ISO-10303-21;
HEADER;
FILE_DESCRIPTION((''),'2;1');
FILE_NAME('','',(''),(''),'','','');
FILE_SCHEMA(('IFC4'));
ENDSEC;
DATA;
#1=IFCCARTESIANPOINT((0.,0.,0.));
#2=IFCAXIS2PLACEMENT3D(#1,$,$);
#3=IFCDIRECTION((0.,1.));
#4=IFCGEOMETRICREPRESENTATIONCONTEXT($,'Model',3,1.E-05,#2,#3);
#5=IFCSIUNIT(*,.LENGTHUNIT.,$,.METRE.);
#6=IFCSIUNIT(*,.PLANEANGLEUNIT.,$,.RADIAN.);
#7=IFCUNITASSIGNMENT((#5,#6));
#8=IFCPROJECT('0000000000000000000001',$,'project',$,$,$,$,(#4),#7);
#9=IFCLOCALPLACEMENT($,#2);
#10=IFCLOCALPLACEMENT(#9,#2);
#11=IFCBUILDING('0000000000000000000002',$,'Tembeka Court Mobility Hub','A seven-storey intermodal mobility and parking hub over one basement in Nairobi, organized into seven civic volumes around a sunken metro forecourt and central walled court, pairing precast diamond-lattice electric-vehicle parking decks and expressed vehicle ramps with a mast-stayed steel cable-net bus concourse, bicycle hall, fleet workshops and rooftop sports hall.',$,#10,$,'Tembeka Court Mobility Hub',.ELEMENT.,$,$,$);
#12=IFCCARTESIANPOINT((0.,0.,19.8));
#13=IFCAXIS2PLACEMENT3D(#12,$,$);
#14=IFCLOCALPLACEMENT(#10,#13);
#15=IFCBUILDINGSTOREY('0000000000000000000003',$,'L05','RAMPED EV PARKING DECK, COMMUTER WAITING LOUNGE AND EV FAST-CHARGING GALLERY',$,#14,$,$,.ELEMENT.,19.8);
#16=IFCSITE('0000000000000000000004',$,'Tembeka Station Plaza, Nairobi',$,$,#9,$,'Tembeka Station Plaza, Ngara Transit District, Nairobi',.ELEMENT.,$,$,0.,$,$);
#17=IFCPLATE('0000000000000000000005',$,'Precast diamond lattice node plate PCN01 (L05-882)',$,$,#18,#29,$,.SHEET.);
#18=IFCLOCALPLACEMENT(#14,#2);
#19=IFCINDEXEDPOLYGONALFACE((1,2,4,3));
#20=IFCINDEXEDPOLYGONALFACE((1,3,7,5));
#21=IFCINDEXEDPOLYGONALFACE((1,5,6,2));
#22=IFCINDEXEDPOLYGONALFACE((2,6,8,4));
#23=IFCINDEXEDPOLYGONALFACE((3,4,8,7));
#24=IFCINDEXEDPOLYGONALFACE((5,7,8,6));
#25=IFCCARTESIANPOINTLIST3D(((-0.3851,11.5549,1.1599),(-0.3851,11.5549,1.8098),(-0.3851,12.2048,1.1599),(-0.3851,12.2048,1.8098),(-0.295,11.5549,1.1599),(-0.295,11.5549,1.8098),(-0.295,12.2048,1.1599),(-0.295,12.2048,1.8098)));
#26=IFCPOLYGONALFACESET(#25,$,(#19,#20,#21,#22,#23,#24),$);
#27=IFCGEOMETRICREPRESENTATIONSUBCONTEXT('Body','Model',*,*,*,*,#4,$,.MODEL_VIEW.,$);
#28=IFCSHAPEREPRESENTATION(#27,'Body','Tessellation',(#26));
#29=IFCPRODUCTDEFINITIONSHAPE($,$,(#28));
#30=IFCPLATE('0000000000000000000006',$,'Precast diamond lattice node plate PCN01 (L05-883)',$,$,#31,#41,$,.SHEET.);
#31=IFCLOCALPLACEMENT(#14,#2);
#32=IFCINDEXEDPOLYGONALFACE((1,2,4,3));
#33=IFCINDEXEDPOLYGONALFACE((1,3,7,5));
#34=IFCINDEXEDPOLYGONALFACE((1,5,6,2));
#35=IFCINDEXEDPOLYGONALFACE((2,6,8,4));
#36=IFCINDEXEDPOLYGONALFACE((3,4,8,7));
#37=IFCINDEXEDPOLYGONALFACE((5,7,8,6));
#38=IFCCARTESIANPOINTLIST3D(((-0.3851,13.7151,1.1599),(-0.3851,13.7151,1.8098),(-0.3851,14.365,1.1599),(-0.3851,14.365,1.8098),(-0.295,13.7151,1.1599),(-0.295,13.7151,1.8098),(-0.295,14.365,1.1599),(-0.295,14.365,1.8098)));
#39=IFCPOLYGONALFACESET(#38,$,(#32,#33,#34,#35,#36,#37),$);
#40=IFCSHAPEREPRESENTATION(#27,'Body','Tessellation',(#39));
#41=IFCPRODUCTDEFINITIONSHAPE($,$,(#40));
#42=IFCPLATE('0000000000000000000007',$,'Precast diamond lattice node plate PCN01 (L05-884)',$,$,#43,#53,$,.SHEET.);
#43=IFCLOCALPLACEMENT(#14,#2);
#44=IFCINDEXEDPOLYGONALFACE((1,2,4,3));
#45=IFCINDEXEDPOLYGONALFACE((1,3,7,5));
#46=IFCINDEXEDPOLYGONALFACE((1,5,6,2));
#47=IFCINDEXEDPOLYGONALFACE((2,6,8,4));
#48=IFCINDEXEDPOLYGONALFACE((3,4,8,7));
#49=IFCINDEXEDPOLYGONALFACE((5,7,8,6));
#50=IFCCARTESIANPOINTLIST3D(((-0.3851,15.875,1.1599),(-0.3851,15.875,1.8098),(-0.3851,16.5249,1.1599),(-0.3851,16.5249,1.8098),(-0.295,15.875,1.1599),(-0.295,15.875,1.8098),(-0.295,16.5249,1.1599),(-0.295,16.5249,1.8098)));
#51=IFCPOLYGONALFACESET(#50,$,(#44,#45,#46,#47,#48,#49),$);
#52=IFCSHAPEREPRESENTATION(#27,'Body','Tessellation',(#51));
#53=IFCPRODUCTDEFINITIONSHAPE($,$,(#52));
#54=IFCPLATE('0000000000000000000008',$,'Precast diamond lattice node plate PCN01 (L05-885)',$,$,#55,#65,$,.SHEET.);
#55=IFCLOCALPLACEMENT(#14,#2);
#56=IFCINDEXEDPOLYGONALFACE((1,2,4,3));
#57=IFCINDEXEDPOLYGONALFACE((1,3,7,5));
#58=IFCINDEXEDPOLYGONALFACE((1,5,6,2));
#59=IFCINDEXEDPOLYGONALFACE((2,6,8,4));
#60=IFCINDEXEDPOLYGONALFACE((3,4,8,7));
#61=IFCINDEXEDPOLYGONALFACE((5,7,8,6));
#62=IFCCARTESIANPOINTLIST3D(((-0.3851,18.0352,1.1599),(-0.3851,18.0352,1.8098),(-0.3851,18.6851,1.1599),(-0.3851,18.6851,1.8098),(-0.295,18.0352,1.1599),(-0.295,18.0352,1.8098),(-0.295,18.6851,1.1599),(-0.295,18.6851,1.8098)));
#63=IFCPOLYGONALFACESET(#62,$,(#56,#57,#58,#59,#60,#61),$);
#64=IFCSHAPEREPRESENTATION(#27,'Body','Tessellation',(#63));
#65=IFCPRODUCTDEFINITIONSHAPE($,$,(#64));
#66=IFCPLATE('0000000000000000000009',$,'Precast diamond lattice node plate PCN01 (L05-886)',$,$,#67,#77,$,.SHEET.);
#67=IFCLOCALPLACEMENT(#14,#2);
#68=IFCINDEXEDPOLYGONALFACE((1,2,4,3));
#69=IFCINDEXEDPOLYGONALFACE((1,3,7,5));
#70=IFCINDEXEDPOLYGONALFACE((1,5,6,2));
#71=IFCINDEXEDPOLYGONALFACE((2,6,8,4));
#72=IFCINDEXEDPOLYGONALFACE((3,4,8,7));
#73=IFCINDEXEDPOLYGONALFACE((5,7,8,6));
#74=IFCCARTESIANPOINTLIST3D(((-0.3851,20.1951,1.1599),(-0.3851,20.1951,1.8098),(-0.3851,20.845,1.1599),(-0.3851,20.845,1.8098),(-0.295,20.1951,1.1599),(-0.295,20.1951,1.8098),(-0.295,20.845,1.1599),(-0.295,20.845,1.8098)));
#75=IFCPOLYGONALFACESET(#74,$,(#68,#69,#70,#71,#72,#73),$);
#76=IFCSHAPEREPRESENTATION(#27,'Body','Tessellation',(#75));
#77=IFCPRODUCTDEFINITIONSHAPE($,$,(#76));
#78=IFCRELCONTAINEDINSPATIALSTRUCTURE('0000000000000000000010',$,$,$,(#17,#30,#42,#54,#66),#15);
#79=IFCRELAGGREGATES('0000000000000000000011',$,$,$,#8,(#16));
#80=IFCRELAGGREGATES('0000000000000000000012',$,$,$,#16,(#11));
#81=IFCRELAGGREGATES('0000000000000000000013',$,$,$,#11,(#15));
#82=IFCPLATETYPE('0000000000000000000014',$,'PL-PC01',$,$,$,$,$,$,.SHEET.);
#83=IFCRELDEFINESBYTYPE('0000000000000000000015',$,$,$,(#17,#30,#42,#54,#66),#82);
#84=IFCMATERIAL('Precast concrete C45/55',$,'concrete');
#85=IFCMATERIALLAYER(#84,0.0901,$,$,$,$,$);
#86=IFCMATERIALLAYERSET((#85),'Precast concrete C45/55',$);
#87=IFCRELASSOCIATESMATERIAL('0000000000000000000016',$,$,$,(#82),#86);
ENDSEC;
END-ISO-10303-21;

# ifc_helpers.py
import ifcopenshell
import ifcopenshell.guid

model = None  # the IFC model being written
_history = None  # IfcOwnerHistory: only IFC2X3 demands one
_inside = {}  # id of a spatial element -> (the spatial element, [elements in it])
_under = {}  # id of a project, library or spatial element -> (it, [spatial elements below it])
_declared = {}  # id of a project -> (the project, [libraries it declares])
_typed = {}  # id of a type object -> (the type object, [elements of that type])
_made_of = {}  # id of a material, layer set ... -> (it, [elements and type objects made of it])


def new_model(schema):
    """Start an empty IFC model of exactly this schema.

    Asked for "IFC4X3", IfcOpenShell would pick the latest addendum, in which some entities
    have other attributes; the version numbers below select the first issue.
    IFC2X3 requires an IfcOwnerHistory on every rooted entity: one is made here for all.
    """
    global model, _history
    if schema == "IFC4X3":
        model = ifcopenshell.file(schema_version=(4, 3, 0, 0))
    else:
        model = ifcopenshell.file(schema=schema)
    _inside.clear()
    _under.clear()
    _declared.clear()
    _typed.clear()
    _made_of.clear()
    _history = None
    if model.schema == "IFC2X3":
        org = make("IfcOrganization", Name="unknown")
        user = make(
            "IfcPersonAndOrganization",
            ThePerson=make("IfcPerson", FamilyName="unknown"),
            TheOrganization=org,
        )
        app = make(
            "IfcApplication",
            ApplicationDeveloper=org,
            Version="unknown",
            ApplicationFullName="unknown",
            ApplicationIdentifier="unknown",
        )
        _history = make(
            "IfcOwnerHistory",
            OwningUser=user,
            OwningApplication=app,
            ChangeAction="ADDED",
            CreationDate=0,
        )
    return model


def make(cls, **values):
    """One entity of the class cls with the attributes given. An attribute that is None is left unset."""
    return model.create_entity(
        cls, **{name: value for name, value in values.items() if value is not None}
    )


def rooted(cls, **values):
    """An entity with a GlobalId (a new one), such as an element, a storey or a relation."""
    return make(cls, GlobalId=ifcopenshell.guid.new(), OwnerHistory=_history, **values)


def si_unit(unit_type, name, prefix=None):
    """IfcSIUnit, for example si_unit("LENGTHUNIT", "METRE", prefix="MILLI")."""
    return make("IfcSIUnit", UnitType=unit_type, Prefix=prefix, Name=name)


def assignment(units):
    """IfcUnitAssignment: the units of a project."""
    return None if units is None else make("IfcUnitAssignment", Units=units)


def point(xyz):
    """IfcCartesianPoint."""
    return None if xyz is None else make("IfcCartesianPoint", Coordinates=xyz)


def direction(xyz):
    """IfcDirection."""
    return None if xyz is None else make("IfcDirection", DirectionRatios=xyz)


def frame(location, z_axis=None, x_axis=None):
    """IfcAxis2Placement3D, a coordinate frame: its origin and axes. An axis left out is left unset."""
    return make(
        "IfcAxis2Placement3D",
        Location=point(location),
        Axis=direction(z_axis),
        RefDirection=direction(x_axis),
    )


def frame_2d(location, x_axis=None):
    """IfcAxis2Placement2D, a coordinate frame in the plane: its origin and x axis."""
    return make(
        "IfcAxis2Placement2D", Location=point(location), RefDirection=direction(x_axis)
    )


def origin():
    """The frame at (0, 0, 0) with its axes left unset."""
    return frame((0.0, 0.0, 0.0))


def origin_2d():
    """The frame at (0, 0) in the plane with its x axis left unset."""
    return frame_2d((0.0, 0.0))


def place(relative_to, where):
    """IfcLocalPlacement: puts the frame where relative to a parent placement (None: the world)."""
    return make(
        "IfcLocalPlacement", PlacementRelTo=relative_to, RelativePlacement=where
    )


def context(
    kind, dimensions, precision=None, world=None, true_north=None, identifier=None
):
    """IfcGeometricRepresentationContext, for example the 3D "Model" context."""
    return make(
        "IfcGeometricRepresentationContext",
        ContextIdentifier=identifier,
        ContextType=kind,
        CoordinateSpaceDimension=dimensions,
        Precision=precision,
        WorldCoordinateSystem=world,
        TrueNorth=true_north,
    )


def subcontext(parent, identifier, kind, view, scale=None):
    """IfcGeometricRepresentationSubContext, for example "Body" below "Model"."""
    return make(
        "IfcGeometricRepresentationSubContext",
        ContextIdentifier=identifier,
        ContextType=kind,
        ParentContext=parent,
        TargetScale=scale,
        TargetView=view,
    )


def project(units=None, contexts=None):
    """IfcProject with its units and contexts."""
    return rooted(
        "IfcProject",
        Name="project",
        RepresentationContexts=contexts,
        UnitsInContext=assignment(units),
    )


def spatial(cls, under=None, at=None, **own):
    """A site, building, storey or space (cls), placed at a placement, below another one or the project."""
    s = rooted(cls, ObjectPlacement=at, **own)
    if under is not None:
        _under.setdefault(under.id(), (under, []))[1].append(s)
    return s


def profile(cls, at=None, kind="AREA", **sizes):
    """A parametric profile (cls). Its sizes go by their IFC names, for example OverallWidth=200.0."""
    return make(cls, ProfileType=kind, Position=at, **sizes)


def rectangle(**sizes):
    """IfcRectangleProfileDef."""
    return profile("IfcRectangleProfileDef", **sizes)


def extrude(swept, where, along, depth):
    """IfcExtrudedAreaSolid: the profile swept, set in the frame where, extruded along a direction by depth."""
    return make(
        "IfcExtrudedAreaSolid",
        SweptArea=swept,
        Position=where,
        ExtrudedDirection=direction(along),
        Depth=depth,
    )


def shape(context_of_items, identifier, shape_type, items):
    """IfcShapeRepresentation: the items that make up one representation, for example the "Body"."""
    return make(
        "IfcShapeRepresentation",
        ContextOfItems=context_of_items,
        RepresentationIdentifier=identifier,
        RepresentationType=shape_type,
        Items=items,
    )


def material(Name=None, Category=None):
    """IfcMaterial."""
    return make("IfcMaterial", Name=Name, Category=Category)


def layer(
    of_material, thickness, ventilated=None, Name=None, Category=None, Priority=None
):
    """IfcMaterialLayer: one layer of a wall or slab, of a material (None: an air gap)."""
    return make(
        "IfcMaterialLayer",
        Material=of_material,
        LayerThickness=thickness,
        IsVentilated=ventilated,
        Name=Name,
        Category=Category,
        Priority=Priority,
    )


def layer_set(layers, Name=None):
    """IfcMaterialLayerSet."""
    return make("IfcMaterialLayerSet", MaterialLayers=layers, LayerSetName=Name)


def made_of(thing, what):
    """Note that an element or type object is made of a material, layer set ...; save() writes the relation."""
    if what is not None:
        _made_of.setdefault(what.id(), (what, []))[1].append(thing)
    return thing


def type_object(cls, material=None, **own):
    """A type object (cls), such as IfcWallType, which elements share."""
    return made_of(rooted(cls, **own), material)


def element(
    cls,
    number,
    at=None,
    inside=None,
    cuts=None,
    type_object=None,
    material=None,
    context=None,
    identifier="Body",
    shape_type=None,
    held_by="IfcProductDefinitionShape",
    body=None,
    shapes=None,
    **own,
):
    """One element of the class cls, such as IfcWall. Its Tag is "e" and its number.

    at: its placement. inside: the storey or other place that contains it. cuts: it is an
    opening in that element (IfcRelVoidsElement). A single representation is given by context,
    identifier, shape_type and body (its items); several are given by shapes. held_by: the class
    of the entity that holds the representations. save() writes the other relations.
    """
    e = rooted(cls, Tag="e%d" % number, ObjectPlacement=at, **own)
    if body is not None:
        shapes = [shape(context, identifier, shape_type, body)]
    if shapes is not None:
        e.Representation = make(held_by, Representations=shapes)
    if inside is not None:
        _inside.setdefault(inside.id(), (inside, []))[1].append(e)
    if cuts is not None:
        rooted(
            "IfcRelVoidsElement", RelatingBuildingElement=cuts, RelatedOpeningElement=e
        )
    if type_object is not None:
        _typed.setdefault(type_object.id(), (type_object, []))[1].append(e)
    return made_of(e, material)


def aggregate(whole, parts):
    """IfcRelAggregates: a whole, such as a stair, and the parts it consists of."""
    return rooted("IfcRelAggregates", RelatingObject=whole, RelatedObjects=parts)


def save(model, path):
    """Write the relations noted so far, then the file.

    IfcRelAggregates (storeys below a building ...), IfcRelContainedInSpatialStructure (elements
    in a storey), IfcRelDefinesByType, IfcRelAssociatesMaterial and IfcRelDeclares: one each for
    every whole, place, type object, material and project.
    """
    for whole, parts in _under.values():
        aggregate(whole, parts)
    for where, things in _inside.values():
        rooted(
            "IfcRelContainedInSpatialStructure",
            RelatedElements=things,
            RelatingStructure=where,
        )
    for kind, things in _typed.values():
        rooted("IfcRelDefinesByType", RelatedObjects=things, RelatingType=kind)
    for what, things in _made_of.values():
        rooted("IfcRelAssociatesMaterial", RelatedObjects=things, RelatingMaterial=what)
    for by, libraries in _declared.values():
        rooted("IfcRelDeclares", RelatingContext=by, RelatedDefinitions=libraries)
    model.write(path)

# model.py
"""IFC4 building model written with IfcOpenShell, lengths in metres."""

from ifc_helpers import new_model, si_unit, direction, frame, origin, origin_2d, place, context, subcontext, project, spatial, rectangle, extrude, material, layer, layer_set, type_object, element, save


model = new_model("IFC4")

# Units and contexts
model_context = context("Model", 3, precision=1e-05, world=origin(), true_north=direction((0.0, 1.0)))
body_context = subcontext(model_context, "Body", "Model", "MODEL_VIEW")
ifc_project = project(units=[si_unit("LENGTHUNIT", "METRE"), si_unit("PLANEANGLEUNIT", "RADIAN")], contexts=[model_context])

# Site, building, storey
site_placement = place(None, origin())
site = spatial("IfcSite", under=ifc_project, at=site_placement, Name="Tembeka Station Plaza, Nairobi", LongName="Tembeka Station Plaza, Ngara Transit District, Nairobi", CompositionType="ELEMENT", RefElevation=0.0)
building_placement = place(site_placement, origin())
building = spatial("IfcBuilding", under=site, at=building_placement, Name="Tembeka Court Mobility Hub", Description="A seven-storey intermodal mobility and parking hub over one basement in Nairobi, organized into seven civic volumes around a sunken metro forecourt and central walled court, pairing precast diamond-lattice electric-vehicle parking decks and expressed vehicle ramps with a mast-stayed steel cable-net bus concourse, bicycle hall, fleet workshops and rooftop sports hall.", LongName="Tembeka Court Mobility Hub", CompositionType="ELEMENT")
storey_placement = place(building_placement, frame((0.0, 0.0, 19.8)))
storey = spatial("IfcBuildingStorey", under=building, at=storey_placement, Name="L05", Description="RAMPED EV PARKING DECK, COMMUTER WAITING LOUNGE AND EV FAST-CHARGING GALLERY", CompositionType="ELEMENT", Elevation=19.8)

# Shared definitions
ifc_material_1 = material(Name="Precast concrete C45/55", Category="concrete")

# Plates
ifc_layer = layer(ifc_material_1, 0.0901)
ifc_layer_set = layer_set([ifc_layer], Name="Precast concrete C45/55")
plate_type = type_object("IfcPlateType", Name="PL-PC01", PredefinedType="SHEET", material=ifc_layer_set)
for number, where, z_axis, x_axis, name in (
    (1, (-0.3401, 11.8799, 1.1599), (0.0, 0.0, 1.0), (1.0, 0.0, 0.0), "Precast diamond lattice node plate PCN01 (L05-882)"),
    (2, (-0.3401, 14.04, 1.1599), (0.0, 0.0, 1.0), (1.0, 0.0, 0.0), "Precast diamond lattice node plate PCN01 (L05-883)"),
    (3, (-0.3401, 16.2, 1.1599), (0.0, 0.0, 1.0), (1.0, 0.0, 0.0), "Precast diamond lattice node plate PCN01 (L05-884)"),
    (4, (-0.3401, 18.3601, 1.1599), (0.0, 0.0, 1.0), (1.0, 0.0, 0.0), "Precast diamond lattice node plate PCN01 (L05-885)"),
    (5, (-0.3401, 20.52, 1.1599), (0.0, 0.0, 1.0), (1.0, 0.0, 0.0), "Precast diamond lattice node plate PCN01 (L05-886)"),
):
    element("IfcPlate", number, at=place(storey_placement, frame(where, z_axis=z_axis, x_axis=x_axis)), inside=storey, type_object=plate_type, Name=name, PredefinedType="SHEET", context=body_context, shape_type="SweptSolid", body=[
        extrude(rectangle(XDim=0.0901, YDim=0.6499, at=origin_2d()), origin(), (0.0, 0.0, 1.0), 0.6499),
    ])

save(model, "model.ifc")
